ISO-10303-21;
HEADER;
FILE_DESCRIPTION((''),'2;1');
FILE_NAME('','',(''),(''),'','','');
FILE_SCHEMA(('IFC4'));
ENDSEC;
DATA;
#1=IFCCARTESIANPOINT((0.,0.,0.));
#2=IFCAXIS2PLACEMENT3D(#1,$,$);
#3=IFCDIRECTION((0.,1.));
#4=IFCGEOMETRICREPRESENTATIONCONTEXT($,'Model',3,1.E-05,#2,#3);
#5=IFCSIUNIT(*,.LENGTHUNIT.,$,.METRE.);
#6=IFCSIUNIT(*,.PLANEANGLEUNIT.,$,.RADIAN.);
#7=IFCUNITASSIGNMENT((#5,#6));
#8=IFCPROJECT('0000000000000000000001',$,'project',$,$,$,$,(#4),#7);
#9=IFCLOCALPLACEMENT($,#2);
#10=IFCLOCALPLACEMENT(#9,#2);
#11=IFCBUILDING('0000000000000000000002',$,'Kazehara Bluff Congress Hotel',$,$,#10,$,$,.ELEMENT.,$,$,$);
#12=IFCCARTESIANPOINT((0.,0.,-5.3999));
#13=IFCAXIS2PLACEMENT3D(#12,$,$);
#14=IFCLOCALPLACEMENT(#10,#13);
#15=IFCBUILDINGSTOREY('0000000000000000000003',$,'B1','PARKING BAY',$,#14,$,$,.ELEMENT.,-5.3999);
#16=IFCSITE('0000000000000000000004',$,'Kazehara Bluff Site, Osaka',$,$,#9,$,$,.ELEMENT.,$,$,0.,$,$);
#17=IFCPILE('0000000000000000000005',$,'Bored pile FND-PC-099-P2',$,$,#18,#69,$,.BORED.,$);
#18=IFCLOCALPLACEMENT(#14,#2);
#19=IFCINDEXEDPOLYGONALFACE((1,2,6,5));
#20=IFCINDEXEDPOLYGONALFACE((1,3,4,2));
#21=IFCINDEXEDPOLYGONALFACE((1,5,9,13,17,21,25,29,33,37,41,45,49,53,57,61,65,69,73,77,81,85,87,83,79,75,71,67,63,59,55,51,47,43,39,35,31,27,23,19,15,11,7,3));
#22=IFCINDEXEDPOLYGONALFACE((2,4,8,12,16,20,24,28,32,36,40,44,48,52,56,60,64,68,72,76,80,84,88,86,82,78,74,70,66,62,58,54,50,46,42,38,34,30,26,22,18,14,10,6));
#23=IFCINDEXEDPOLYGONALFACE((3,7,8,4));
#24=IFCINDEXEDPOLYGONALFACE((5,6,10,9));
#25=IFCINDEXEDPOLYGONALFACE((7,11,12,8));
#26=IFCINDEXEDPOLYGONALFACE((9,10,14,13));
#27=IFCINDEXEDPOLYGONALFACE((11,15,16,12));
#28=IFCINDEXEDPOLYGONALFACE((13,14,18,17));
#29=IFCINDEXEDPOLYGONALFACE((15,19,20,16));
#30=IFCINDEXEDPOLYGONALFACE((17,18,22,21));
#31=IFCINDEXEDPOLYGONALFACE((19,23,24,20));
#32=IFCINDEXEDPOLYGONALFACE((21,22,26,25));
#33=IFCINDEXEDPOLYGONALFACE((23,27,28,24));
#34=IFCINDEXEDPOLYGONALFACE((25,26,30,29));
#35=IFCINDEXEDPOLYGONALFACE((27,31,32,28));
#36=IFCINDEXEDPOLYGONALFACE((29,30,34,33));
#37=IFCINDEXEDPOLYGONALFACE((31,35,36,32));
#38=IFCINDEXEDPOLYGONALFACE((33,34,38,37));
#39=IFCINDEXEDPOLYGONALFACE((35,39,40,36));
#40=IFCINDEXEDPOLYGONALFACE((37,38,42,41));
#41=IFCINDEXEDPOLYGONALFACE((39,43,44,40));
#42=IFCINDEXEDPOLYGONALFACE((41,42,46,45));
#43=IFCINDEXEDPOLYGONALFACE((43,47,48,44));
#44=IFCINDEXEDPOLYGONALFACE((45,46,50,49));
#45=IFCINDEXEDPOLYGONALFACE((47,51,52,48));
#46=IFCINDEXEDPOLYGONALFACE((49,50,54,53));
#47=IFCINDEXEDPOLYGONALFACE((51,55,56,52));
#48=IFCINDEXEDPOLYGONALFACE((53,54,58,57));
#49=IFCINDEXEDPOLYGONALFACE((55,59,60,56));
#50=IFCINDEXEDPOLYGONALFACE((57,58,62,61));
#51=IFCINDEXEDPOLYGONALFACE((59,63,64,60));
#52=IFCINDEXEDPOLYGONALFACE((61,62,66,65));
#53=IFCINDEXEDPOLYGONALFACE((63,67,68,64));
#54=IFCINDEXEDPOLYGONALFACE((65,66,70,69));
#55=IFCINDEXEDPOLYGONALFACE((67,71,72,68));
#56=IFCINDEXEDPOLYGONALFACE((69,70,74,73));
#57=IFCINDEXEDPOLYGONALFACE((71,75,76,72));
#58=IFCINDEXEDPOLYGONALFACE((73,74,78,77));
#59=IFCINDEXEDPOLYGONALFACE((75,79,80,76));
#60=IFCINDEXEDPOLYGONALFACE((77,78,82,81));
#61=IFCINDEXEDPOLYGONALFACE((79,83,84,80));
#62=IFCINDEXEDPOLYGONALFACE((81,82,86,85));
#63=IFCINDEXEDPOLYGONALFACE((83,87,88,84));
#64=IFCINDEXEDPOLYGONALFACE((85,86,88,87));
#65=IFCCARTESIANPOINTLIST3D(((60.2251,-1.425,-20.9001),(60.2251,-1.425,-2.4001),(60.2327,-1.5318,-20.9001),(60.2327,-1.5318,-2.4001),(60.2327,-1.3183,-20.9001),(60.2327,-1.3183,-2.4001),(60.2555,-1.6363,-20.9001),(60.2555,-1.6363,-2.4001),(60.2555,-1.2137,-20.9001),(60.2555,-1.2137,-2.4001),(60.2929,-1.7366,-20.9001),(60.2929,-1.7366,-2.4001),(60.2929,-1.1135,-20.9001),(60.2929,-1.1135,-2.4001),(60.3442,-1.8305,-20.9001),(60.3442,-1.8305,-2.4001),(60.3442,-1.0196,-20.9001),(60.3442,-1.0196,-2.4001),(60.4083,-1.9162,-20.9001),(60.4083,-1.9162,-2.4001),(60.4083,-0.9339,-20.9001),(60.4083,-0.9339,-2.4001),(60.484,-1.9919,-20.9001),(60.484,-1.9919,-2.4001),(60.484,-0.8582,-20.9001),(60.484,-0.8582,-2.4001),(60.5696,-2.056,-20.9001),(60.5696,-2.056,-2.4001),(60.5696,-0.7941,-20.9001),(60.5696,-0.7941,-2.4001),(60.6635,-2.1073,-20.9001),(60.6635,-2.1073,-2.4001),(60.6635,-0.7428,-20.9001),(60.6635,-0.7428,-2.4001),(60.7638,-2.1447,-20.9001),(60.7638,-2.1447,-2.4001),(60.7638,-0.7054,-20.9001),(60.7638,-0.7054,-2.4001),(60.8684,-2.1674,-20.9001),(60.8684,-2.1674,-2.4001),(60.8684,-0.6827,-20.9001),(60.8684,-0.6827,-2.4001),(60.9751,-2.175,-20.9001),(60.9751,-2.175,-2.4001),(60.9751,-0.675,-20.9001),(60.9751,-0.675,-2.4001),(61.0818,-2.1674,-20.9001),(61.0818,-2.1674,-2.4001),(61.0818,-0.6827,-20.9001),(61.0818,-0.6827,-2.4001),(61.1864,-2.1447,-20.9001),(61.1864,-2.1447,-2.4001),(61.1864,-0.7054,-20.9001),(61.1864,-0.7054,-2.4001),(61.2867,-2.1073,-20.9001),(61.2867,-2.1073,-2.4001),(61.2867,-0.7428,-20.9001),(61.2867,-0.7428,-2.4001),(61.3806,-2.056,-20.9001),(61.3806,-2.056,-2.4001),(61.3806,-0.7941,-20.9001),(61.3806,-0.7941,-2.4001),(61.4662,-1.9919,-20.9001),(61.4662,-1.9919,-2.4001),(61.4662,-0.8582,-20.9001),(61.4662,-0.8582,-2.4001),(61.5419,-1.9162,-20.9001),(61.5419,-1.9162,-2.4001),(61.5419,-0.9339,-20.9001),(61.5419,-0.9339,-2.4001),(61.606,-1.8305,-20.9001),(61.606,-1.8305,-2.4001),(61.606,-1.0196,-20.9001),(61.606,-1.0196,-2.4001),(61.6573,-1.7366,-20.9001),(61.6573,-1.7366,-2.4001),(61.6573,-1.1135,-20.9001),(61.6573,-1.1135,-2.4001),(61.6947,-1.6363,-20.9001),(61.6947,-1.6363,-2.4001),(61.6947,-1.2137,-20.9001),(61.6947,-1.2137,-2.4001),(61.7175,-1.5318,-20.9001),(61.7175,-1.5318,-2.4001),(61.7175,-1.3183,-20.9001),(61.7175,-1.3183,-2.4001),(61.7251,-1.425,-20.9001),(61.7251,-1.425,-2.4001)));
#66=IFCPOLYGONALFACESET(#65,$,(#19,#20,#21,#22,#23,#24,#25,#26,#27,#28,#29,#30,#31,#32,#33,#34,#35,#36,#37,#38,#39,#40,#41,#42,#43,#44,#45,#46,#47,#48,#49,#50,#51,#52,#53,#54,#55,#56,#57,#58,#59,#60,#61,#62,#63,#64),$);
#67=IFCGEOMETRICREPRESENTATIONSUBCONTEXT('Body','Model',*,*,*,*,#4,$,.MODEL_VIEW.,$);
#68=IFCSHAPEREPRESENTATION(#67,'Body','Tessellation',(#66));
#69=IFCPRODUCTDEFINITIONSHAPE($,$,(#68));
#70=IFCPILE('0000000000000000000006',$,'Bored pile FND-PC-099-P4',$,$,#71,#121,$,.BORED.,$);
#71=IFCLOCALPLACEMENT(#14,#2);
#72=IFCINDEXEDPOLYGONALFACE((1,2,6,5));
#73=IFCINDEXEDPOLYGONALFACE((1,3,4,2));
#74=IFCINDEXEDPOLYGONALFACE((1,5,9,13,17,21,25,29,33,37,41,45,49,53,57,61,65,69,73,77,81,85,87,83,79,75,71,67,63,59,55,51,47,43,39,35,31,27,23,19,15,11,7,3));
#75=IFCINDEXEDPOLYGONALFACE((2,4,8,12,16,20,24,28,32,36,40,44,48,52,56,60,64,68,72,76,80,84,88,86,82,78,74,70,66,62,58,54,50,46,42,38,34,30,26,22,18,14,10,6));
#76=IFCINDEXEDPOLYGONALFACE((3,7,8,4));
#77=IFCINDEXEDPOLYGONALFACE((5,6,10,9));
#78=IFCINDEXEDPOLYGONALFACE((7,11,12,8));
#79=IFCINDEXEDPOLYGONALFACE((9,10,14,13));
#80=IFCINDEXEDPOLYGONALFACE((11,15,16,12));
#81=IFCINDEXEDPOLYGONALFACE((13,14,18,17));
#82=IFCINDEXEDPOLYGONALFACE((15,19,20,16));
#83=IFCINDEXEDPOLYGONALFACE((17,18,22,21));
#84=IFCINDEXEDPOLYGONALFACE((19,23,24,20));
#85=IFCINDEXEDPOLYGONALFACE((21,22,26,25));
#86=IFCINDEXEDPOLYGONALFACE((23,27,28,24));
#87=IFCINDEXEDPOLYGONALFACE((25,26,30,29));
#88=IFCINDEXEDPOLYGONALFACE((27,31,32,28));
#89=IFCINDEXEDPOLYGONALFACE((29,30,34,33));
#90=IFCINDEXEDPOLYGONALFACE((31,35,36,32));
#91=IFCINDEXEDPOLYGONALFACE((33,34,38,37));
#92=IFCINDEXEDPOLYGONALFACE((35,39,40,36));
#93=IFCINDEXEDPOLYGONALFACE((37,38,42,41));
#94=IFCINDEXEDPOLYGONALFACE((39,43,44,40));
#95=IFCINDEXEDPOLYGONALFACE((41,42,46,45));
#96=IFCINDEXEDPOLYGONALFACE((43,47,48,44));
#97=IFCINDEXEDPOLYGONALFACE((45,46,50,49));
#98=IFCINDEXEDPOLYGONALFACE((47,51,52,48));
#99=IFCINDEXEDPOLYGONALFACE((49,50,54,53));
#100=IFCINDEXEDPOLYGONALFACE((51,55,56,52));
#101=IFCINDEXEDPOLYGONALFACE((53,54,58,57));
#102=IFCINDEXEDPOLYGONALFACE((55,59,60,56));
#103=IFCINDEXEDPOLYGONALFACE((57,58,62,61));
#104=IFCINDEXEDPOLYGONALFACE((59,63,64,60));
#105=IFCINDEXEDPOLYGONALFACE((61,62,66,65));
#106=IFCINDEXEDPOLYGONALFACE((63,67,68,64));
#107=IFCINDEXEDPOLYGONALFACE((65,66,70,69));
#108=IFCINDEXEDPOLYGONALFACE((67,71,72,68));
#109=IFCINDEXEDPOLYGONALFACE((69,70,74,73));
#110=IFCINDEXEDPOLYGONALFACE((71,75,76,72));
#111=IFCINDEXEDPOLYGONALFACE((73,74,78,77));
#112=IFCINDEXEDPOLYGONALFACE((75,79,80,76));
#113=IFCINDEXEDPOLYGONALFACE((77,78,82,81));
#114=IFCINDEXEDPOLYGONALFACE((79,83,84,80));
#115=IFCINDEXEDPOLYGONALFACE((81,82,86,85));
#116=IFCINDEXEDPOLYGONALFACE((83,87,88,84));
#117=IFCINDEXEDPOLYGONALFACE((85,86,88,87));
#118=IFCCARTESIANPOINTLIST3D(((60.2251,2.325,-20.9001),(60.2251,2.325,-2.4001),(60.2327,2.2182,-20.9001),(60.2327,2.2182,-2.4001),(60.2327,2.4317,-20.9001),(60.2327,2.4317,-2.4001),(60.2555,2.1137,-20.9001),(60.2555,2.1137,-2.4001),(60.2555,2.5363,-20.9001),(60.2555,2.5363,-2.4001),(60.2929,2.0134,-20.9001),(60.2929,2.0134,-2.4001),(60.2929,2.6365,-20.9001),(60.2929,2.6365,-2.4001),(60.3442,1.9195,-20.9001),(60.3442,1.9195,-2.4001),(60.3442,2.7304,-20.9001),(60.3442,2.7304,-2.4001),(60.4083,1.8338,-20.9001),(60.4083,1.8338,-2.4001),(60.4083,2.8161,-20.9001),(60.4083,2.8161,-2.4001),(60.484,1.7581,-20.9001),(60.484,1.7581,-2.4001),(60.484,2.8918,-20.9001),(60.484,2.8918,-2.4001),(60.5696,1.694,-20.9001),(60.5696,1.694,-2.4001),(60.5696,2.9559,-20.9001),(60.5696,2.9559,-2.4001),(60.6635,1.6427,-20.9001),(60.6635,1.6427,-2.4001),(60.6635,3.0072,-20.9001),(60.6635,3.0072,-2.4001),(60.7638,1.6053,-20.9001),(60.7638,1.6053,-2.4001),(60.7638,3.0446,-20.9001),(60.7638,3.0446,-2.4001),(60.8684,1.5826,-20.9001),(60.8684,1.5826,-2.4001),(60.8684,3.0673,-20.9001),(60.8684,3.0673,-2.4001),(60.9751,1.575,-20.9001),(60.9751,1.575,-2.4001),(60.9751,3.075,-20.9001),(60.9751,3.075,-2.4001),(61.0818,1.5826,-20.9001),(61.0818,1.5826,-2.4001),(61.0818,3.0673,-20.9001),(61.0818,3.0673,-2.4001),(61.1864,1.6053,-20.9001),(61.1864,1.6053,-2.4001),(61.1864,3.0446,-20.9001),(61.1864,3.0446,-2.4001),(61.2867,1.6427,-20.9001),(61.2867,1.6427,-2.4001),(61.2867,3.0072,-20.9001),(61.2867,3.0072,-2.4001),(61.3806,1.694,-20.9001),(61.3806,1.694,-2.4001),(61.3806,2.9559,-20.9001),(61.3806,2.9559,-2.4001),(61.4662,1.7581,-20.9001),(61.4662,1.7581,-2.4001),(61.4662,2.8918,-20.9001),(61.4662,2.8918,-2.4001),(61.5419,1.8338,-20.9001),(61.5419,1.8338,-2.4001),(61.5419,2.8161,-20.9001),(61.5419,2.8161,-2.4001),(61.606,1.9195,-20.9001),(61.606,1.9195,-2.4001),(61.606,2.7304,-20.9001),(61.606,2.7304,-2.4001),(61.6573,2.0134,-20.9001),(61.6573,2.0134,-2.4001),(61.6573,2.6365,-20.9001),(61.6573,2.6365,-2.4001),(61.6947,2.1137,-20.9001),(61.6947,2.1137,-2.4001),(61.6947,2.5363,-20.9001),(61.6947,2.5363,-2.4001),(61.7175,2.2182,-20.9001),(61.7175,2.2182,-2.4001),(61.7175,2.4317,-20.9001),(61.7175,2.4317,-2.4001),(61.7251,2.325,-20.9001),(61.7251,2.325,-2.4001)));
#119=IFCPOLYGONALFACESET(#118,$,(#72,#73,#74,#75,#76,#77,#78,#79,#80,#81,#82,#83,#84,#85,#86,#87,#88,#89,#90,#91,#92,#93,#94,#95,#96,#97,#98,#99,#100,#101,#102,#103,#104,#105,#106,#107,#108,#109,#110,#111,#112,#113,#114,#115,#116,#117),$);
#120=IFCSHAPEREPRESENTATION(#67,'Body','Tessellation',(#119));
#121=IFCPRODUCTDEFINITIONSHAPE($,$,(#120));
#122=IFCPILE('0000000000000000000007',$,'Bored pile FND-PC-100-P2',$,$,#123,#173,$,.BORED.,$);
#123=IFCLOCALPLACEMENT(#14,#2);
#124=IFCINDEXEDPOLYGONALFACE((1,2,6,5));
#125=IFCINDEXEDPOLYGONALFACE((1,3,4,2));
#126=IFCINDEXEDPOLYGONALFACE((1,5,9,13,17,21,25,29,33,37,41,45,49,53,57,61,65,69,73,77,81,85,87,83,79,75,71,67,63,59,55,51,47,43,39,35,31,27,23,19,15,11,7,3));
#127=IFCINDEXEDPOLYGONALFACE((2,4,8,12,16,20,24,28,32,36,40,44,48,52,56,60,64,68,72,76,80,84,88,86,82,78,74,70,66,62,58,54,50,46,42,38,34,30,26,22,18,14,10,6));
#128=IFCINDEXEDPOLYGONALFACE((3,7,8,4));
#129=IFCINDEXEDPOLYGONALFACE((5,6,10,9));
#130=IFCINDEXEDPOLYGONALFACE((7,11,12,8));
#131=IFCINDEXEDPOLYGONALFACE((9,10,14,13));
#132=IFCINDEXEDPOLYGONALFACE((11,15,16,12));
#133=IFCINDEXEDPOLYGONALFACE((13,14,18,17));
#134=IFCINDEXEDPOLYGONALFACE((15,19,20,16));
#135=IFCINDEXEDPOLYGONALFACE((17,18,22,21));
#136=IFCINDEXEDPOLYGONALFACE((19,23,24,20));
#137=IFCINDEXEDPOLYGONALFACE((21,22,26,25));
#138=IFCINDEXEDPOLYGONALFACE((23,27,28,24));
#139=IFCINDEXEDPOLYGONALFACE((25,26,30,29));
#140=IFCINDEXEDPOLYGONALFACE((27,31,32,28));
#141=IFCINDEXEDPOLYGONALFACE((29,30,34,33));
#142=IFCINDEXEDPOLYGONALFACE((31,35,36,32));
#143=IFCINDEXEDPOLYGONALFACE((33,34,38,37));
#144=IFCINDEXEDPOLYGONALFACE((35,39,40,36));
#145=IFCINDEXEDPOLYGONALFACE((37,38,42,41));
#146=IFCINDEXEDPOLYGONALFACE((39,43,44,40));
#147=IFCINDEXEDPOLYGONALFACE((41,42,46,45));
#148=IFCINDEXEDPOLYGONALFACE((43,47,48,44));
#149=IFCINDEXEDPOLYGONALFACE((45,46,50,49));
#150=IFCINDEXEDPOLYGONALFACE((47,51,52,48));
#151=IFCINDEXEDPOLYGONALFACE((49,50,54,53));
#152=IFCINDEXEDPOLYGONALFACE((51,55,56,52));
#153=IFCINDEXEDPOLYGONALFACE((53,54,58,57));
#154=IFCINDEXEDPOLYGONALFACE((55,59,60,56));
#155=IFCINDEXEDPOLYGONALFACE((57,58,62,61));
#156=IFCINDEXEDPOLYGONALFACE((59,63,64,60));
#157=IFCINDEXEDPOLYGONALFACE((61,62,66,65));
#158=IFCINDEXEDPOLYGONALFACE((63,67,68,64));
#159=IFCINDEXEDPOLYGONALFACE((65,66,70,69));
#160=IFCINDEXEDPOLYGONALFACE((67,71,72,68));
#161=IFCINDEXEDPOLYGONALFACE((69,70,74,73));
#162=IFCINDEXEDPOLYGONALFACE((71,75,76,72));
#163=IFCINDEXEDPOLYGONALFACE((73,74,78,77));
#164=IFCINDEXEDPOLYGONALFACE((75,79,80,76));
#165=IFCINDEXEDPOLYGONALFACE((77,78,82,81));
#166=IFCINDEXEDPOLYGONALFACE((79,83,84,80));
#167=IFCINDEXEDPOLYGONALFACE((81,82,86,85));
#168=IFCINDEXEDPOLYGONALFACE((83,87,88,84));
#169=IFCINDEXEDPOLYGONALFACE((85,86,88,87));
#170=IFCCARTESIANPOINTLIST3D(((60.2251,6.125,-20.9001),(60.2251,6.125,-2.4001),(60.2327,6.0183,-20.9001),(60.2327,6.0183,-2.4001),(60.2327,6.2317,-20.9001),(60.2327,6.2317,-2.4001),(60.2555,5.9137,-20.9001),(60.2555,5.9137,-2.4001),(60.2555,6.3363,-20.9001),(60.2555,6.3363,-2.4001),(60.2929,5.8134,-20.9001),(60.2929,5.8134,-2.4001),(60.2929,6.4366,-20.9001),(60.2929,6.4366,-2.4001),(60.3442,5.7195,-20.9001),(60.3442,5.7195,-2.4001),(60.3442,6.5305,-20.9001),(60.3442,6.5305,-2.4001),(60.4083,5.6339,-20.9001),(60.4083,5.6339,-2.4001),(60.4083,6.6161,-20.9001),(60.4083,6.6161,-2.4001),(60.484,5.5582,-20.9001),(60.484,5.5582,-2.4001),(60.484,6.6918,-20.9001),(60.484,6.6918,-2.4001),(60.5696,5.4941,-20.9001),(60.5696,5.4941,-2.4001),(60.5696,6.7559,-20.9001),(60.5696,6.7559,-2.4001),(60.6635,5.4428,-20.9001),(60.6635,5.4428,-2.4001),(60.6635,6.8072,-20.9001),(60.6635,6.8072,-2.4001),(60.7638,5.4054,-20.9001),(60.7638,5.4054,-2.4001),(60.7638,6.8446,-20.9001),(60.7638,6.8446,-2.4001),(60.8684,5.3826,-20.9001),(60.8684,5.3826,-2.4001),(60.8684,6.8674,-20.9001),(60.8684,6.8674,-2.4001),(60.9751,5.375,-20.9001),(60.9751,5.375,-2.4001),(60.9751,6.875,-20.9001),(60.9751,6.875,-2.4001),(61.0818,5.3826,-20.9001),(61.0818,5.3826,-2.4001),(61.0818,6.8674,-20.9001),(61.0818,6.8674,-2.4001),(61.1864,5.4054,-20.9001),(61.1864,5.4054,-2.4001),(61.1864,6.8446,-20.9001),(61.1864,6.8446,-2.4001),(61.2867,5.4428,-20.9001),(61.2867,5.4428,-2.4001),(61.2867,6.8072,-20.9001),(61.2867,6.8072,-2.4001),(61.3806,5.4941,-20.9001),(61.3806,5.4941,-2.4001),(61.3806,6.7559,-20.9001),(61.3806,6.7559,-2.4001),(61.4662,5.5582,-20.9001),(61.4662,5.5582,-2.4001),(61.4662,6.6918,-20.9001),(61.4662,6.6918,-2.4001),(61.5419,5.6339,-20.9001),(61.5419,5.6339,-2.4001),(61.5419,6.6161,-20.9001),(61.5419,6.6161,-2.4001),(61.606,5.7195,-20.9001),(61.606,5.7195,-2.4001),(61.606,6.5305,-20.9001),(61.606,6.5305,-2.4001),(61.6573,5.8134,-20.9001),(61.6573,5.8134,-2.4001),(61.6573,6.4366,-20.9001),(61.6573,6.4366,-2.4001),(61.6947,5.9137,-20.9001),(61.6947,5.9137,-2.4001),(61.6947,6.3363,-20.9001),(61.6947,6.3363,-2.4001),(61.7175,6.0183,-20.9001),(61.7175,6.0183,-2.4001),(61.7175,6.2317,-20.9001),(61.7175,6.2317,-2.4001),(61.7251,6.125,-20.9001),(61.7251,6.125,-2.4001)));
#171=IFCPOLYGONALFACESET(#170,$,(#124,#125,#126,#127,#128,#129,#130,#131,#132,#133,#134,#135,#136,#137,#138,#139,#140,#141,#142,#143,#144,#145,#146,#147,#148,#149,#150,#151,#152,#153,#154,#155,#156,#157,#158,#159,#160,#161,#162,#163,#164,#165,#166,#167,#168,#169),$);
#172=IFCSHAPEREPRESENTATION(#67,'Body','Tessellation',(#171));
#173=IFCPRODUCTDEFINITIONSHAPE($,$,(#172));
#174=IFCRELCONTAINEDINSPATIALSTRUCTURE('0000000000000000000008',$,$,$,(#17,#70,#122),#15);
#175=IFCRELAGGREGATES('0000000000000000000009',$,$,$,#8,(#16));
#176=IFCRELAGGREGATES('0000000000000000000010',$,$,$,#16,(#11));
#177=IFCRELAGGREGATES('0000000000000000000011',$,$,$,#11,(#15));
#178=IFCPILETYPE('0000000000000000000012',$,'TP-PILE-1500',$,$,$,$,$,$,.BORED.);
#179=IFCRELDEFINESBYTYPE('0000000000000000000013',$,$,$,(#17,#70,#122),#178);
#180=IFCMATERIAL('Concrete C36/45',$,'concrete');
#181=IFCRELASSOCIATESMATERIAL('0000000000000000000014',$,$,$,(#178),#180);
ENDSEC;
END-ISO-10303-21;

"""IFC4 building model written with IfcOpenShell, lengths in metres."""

from ifc_helpers import new_model, si_unit, direction, frame, origin, origin_2d, place, context, subcontext, project, spatial, circle, extrude, material, material_profile, profile_set, type_object, element, save


model = new_model("IFC4")

# Units and contexts
model_context = context("Model", 3, precision=1e-05, world=origin(), true_north=direction((0.0, 1.0)))
body_context = subcontext(model_context, "Body", "Model", "MODEL_VIEW")
ifc_project = project(units=[si_unit("LENGTHUNIT", "METRE"), si_unit("PLANEANGLEUNIT", "RADIAN")], contexts=[model_context])

# Site, building, storey
site_placement = place(None, origin())
site = spatial("IfcSite", under=ifc_project, at=site_placement, Name="Kazehara Bluff Site, Osaka", CompositionType="ELEMENT", RefElevation=0.0)
building_placement = place(site_placement, origin())
building = spatial("IfcBuilding", under=site, at=building_placement, Name="Kazehara Bluff Congress Hotel", CompositionType="ELEMENT")
storey_placement = place(building_placement, frame((0.0, 0.0, -5.3999)))
storey = spatial("IfcBuildingStorey", under=building, at=storey_placement, Name="B1", Description="PARKING BAY", CompositionType="ELEMENT", Elevation=-5.3999)

# Piles
ifc_material_1 = material(Name="Concrete C36/45", Category="concrete")
ifc_material_profile_1 = material_profile(ifc_material_1, circle(Radius=0.75, at=origin_2d()))
ifc_profile_set_1 = profile_set([ifc_material_profile_1], Name="Concrete C36/45")
pile_type_1 = type_object("IfcPileType", Name="TP-PILE-1500", PredefinedType="BORED", material=ifc_profile_set_1)
for number, where, z_axis, x_axis, name in (
    (1, (60.9751, -1.425, -2.4001), (0.0, 0.0, -1.0), (1.0, 0.0, 0.0), "Bored pile FND-PC-099-P2"),
    (2, (60.9751, 2.325, -2.4001), (0.0, 0.0, -1.0), (1.0, 0.0, 0.0), "Bored pile FND-PC-099-P4"),
    (3, (60.9751, 6.125, -2.4001), (0.0, 0.0, -1.0), (1.0, 0.0, 0.0), "Bored pile FND-PC-100-P2"),
):
    element("IfcPile", number, at=place(storey_placement, frame(where, z_axis=z_axis, x_axis=x_axis)), inside=storey, type_object=pile_type_1, Name=name, PredefinedType="BORED", context=body_context, shape_type="SweptSolid", body=[
        extrude(circle(Radius=0.75, at=origin_2d()), origin(), (0.0, 0.0, 1.0), 18.5),
    ])

save(model, "model.ifc")
